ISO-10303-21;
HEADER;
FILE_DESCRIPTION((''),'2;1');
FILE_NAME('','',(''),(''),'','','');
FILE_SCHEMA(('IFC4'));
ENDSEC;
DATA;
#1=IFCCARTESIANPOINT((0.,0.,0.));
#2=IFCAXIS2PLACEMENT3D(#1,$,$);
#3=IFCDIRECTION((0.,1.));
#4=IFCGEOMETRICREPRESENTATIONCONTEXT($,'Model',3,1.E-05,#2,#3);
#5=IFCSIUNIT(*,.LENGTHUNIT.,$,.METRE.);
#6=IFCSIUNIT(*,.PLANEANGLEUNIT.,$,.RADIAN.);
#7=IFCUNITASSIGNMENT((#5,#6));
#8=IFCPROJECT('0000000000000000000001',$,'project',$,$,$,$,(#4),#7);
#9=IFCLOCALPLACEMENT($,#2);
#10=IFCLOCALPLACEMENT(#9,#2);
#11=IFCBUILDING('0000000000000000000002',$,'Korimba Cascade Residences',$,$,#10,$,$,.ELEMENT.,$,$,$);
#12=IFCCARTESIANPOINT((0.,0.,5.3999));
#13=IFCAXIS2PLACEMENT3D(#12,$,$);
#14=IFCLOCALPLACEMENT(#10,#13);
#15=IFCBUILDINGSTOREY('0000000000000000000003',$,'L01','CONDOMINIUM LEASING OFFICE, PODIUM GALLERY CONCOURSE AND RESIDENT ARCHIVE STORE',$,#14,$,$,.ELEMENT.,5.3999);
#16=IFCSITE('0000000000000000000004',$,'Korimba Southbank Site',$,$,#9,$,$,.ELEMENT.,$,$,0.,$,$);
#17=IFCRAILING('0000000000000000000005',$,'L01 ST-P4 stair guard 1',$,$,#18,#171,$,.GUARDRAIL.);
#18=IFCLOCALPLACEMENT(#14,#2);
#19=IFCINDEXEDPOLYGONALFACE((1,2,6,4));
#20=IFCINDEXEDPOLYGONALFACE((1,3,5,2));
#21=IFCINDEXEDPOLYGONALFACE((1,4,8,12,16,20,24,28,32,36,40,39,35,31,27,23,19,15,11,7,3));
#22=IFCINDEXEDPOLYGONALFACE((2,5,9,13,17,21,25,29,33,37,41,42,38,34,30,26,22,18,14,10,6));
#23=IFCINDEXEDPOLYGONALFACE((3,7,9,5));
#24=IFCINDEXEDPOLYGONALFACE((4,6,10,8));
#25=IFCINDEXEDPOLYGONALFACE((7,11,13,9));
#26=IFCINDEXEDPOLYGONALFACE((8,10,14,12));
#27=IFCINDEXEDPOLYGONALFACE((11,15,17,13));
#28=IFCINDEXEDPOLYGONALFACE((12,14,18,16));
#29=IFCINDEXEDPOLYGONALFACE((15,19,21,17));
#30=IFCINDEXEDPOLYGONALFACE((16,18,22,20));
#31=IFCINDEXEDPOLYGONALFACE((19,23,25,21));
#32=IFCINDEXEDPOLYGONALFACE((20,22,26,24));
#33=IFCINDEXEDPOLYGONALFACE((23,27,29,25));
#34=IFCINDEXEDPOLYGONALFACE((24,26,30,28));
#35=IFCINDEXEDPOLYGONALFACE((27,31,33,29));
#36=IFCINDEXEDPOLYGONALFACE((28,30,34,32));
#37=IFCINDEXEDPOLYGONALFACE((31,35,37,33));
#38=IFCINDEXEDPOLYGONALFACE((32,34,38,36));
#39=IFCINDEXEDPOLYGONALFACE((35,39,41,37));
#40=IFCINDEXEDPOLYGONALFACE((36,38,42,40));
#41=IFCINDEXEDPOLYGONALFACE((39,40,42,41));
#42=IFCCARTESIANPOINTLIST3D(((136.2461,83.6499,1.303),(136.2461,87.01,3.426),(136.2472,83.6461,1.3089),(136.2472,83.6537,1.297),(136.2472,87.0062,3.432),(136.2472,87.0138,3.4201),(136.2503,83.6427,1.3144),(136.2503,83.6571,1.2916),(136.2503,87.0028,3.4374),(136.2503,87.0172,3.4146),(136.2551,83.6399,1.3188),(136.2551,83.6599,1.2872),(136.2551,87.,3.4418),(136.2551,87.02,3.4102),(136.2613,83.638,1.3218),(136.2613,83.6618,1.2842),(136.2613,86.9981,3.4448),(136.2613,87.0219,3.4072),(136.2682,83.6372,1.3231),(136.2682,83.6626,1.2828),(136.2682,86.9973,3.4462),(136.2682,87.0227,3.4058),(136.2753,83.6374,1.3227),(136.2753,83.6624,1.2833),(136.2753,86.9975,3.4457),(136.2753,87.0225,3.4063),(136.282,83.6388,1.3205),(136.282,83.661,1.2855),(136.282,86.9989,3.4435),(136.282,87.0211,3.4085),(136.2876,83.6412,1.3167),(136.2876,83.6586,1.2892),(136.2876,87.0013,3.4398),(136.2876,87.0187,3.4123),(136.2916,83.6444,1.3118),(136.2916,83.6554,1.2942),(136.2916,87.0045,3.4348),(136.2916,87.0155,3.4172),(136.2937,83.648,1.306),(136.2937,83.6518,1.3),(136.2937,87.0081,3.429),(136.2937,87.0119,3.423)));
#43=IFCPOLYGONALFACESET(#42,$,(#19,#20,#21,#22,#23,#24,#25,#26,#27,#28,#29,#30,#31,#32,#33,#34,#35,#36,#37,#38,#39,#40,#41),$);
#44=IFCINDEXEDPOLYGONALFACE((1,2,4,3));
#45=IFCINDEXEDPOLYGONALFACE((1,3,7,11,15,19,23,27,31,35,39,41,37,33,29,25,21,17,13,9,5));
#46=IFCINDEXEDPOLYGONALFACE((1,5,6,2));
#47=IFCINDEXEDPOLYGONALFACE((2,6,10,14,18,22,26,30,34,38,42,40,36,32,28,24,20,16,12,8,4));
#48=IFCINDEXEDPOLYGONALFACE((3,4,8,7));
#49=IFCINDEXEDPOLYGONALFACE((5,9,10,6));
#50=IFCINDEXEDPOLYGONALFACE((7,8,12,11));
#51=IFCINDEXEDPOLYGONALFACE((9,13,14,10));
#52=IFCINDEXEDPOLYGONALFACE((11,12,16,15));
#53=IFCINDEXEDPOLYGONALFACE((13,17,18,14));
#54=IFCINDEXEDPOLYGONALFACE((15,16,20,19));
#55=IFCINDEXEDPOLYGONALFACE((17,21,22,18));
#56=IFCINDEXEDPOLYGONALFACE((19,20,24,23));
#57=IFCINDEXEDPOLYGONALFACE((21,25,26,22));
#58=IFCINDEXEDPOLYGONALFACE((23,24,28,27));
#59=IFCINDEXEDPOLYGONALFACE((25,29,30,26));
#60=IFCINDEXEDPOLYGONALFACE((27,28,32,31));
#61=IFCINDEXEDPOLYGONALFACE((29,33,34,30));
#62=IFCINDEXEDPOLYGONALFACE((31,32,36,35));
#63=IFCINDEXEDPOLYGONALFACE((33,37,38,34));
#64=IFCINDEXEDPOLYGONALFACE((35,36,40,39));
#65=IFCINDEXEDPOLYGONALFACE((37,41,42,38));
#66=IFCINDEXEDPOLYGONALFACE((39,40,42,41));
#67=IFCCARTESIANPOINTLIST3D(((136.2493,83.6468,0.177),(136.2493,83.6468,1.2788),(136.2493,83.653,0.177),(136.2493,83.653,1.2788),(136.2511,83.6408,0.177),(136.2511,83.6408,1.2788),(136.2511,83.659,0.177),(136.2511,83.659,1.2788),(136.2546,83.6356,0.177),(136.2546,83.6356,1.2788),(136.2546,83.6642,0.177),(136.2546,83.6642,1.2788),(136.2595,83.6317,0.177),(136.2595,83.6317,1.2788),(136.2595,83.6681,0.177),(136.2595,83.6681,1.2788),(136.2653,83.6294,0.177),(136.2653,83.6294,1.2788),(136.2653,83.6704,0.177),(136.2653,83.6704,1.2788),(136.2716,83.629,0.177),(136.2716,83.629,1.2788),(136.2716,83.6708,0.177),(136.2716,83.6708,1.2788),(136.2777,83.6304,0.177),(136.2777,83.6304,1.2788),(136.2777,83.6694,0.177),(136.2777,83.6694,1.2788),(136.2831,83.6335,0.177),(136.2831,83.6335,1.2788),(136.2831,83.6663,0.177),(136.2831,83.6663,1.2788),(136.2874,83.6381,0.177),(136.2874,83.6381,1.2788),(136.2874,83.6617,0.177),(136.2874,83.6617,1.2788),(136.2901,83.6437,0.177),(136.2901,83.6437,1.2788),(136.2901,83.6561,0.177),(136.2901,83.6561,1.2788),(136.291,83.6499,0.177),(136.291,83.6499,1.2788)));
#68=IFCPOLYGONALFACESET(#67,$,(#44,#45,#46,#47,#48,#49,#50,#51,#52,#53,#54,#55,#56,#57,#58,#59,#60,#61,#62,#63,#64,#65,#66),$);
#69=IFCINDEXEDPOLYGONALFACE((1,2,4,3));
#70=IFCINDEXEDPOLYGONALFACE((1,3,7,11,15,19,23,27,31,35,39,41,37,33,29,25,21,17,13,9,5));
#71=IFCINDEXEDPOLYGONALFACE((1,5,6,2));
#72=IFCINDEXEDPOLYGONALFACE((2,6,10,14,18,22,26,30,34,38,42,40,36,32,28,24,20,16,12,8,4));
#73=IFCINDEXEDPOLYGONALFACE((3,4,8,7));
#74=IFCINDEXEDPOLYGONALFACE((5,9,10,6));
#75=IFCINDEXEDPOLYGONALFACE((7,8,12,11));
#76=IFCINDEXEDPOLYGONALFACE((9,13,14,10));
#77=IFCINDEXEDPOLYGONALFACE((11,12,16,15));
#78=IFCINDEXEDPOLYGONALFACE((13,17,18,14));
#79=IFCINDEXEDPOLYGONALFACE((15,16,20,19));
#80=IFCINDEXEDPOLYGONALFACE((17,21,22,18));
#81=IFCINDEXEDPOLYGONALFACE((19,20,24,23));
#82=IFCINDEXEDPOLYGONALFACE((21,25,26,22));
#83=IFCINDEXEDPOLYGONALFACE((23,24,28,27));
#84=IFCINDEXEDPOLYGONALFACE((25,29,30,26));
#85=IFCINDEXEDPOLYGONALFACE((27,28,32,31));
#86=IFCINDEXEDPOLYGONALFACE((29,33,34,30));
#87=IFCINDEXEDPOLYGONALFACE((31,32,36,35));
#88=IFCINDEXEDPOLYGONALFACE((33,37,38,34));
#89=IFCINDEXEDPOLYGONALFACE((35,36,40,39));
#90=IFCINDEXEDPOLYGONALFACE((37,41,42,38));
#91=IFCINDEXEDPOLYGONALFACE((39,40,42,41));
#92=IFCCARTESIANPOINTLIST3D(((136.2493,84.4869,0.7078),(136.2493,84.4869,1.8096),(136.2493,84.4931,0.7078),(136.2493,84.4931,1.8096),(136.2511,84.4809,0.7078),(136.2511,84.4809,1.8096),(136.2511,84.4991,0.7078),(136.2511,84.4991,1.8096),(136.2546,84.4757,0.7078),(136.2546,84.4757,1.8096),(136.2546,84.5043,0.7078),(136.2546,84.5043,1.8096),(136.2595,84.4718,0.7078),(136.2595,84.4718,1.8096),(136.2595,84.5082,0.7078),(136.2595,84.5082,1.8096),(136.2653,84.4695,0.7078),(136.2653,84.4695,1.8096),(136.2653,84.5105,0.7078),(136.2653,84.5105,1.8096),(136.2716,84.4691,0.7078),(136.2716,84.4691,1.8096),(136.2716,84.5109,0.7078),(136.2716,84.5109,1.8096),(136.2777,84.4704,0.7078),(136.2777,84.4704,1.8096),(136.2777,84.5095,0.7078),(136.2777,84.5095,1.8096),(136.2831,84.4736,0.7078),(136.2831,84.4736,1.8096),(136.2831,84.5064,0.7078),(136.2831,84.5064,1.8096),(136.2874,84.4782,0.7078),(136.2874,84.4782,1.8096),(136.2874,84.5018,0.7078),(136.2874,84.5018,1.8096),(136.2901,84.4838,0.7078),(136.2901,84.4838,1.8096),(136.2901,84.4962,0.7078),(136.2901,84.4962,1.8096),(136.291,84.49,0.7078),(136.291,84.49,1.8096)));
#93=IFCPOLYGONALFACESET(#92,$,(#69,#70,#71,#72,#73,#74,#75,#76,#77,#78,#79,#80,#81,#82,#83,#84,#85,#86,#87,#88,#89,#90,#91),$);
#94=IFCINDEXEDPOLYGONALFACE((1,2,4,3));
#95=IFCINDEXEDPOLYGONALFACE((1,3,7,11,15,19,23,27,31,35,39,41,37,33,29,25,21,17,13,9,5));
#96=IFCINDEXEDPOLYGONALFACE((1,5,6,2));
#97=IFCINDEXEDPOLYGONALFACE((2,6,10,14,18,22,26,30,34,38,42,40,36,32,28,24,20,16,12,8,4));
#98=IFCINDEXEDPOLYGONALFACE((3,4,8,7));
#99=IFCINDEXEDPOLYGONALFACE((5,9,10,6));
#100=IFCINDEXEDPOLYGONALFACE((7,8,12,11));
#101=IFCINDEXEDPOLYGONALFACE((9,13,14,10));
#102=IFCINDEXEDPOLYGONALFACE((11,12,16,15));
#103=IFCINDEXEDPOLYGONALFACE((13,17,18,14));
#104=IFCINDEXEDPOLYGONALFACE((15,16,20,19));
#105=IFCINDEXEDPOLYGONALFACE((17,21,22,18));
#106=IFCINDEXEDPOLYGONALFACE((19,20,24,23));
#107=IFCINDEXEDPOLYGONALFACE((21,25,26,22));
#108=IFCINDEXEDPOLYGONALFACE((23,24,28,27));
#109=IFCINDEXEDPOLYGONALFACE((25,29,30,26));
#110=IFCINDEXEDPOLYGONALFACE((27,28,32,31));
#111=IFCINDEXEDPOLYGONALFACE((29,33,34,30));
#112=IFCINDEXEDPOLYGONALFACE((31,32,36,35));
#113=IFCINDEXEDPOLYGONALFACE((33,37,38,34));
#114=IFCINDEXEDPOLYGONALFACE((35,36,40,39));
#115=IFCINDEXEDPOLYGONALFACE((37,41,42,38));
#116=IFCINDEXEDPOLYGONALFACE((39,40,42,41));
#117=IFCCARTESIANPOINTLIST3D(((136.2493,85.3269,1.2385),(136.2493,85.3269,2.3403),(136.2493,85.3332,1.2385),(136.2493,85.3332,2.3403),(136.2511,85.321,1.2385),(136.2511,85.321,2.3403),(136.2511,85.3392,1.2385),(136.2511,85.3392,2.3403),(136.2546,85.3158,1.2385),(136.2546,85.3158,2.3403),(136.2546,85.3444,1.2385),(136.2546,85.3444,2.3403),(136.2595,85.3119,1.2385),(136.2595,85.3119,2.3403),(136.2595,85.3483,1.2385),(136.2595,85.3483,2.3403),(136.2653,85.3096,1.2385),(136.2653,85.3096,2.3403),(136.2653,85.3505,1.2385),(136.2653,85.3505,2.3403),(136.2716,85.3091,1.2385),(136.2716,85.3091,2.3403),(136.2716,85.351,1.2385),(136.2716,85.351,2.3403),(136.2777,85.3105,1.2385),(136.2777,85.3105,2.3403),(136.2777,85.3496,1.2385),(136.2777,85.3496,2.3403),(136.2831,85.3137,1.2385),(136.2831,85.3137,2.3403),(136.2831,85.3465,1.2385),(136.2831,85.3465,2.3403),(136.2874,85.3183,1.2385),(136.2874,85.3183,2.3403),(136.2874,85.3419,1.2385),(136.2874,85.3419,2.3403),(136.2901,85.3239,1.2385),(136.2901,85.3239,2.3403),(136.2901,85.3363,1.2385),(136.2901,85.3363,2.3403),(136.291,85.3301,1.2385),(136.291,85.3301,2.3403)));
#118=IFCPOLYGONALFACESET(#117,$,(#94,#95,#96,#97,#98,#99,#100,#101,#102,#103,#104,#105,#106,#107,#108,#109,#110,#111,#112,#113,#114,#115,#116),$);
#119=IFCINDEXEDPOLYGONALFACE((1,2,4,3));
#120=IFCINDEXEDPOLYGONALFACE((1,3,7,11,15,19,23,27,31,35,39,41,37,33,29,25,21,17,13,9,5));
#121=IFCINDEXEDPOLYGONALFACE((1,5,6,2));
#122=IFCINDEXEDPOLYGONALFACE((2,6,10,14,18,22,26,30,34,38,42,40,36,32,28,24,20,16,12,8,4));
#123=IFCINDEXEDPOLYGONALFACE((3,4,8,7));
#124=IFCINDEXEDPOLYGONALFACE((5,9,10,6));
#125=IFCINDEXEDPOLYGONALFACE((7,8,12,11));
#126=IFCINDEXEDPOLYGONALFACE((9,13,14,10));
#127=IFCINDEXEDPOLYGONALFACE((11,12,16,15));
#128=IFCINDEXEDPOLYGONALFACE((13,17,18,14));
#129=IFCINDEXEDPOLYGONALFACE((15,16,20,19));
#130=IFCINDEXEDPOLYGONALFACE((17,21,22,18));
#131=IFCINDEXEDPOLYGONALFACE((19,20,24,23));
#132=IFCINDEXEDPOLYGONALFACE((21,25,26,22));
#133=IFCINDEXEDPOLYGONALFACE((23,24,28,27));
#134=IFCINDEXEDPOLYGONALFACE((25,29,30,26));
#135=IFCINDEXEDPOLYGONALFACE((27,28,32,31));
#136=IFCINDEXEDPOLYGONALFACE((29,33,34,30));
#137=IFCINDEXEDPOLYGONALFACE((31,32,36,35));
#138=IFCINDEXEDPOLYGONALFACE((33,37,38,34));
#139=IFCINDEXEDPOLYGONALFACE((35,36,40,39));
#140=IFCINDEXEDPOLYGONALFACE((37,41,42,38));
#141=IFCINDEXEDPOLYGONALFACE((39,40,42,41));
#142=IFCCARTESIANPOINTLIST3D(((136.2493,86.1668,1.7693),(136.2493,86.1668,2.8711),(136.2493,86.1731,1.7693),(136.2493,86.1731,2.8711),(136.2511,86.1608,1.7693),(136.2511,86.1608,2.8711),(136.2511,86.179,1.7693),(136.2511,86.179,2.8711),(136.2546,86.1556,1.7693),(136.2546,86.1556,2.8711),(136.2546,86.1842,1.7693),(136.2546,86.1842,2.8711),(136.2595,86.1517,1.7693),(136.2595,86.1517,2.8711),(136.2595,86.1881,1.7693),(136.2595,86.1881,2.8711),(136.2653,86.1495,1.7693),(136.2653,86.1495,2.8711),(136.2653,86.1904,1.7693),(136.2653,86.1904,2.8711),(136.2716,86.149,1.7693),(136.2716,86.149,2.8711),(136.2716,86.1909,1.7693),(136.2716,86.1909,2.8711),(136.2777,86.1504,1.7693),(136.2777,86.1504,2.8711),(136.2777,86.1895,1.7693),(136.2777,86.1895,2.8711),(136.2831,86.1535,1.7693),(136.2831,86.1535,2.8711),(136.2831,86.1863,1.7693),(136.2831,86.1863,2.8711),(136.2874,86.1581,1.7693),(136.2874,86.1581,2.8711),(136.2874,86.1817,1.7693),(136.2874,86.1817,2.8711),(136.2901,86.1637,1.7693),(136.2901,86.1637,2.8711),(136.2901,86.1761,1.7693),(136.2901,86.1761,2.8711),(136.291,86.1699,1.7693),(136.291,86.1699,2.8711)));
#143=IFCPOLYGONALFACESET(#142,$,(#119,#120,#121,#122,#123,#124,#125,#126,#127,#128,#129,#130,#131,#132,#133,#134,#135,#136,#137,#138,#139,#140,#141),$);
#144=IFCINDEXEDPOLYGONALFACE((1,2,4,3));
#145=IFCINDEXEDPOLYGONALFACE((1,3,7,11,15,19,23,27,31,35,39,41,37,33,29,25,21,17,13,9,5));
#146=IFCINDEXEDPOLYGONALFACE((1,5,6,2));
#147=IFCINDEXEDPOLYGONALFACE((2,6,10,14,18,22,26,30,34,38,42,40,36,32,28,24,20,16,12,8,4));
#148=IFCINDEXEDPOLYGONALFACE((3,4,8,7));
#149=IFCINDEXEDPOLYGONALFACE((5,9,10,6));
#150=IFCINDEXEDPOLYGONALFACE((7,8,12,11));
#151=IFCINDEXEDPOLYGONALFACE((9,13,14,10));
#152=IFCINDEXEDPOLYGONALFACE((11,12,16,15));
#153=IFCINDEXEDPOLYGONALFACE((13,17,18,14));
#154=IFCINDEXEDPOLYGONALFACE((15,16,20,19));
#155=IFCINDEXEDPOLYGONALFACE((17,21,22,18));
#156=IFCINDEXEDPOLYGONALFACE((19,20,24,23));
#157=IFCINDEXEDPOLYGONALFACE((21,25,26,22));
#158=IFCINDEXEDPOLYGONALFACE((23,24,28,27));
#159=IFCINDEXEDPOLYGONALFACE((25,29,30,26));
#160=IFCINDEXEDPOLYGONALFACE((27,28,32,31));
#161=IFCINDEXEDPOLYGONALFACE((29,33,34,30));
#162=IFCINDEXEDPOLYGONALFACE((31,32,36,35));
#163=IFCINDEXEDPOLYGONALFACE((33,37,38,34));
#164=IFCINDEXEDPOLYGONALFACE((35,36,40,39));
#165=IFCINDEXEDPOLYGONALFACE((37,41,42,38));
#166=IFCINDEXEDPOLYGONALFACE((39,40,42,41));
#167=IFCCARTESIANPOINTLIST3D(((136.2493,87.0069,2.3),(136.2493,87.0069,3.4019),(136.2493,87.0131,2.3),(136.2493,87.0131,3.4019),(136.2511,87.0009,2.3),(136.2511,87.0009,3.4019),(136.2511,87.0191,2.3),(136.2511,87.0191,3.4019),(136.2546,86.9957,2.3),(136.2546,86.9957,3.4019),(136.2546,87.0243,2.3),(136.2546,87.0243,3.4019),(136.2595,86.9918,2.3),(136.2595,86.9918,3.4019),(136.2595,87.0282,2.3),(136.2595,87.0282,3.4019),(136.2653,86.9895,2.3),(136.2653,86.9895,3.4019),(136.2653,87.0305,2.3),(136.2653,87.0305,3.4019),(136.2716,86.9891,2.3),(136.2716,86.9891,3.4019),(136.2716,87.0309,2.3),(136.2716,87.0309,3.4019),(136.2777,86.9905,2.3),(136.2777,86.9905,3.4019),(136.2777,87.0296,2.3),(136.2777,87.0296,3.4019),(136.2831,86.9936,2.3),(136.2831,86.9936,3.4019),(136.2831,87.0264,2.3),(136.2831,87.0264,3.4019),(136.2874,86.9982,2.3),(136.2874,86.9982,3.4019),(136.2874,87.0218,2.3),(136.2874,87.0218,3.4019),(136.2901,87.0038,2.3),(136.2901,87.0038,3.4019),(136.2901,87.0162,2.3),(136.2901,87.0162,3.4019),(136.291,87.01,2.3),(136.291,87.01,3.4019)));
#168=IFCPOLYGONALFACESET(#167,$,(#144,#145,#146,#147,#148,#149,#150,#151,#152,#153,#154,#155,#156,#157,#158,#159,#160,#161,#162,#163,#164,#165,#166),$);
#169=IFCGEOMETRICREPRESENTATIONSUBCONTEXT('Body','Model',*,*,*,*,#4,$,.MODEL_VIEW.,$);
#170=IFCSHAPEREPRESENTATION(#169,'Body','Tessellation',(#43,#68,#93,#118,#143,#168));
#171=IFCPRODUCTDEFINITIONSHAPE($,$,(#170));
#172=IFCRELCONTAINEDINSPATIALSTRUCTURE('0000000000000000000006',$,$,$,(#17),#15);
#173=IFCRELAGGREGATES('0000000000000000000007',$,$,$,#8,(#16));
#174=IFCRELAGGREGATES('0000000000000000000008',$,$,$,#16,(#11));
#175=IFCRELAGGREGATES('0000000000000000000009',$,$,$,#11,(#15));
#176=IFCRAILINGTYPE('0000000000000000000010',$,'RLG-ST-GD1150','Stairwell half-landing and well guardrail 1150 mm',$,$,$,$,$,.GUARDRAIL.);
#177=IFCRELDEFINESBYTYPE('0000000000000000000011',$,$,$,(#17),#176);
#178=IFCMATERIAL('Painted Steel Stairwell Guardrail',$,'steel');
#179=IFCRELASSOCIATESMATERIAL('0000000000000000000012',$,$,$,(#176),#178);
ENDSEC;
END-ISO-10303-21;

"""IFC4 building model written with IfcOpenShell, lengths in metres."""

from ifc_helpers import new_model, si_unit, direction, frame, origin, origin_2d, place, context, subcontext, project, spatial, circle, extrude, material, type_object, element, save


model = new_model("IFC4")

# Units and contexts
model_context = context("Model", 3, precision=1e-05, world=origin(), true_north=direction((0.0, 1.0)))
body_context = subcontext(model_context, "Body", "Model", "MODEL_VIEW")
ifc_project = project(units=[si_unit("LENGTHUNIT", "METRE"), si_unit("PLANEANGLEUNIT", "RADIAN")], contexts=[model_context])

# Site, building, storey
site_placement = place(None, origin())
site = spatial("IfcSite", under=ifc_project, at=site_placement, Name="Korimba Southbank Site", CompositionType="ELEMENT", RefElevation=0.0)
building_placement = place(site_placement, origin())
building = spatial("IfcBuilding", under=site, at=building_placement, Name="Korimba Cascade Residences", CompositionType="ELEMENT")
storey_placement = place(building_placement, frame((0.0, 0.0, 5.3999)))
storey = spatial("IfcBuildingStorey", under=building, at=storey_placement, Name="L01", Description="CONDOMINIUM LEASING OFFICE, PODIUM GALLERY CONCOURSE AND RESIDENT ARCHIVE STORE", CompositionType="ELEMENT", Elevation=5.3999)

# Railing
ifc_material_1 = material(Name="Painted Steel Stairwell Guardrail", Category="steel")
railing_type_1 = type_object("IfcRailingType", Name="RLG-ST-GD1150", Description="Stairwell half-landing and well guardrail 1150 mm", PredefinedType="GUARDRAIL", material=ifc_material_1)
railing_1_placement = place(storey_placement, frame((136.27, 83.6499, 0.177)))
element("IfcRailing", 1, at=railing_1_placement, inside=storey, type_object=railing_type_1, Name="L01 ST-P4 stair guard 1", PredefinedType="GUARDRAIL", context=body_context, shape_type="SweptSolid", body=[
    extrude(circle(Radius=0.0239, at=origin_2d()), frame((0.0, 0.0, 1.126), z_axis=(0.0, 0.84539, 0.53415), x_axis=(-1.0, 0.0, 0.0)), (0.0, 0.0, 1.0), 3.9746),
    extrude(circle(Radius=0.021, at=origin_2d()), origin(), (0.0, 0.0, 1.0), 1.1018),
    extrude(circle(Radius=0.021, at=origin_2d()), frame((0.0, 0.8401, 0.5308)), (0.0, 0.0, 1.0), 1.1018),
    extrude(circle(Radius=0.021, at=origin_2d()), frame((0.0, 1.6802, 1.0615)), (0.0, 0.0, 1.0), 1.1018),
    extrude(circle(Radius=0.021, at=origin_2d()), frame((0.0, 2.52, 1.5923)), (0.0, 0.0, 1.0), 1.1018),
    extrude(circle(Radius=0.021, at=origin_2d()), frame((0.0, 3.3601, 2.123)), (0.0, 0.0, 1.0), 1.1018),
])

save(model, "model.ifc")
